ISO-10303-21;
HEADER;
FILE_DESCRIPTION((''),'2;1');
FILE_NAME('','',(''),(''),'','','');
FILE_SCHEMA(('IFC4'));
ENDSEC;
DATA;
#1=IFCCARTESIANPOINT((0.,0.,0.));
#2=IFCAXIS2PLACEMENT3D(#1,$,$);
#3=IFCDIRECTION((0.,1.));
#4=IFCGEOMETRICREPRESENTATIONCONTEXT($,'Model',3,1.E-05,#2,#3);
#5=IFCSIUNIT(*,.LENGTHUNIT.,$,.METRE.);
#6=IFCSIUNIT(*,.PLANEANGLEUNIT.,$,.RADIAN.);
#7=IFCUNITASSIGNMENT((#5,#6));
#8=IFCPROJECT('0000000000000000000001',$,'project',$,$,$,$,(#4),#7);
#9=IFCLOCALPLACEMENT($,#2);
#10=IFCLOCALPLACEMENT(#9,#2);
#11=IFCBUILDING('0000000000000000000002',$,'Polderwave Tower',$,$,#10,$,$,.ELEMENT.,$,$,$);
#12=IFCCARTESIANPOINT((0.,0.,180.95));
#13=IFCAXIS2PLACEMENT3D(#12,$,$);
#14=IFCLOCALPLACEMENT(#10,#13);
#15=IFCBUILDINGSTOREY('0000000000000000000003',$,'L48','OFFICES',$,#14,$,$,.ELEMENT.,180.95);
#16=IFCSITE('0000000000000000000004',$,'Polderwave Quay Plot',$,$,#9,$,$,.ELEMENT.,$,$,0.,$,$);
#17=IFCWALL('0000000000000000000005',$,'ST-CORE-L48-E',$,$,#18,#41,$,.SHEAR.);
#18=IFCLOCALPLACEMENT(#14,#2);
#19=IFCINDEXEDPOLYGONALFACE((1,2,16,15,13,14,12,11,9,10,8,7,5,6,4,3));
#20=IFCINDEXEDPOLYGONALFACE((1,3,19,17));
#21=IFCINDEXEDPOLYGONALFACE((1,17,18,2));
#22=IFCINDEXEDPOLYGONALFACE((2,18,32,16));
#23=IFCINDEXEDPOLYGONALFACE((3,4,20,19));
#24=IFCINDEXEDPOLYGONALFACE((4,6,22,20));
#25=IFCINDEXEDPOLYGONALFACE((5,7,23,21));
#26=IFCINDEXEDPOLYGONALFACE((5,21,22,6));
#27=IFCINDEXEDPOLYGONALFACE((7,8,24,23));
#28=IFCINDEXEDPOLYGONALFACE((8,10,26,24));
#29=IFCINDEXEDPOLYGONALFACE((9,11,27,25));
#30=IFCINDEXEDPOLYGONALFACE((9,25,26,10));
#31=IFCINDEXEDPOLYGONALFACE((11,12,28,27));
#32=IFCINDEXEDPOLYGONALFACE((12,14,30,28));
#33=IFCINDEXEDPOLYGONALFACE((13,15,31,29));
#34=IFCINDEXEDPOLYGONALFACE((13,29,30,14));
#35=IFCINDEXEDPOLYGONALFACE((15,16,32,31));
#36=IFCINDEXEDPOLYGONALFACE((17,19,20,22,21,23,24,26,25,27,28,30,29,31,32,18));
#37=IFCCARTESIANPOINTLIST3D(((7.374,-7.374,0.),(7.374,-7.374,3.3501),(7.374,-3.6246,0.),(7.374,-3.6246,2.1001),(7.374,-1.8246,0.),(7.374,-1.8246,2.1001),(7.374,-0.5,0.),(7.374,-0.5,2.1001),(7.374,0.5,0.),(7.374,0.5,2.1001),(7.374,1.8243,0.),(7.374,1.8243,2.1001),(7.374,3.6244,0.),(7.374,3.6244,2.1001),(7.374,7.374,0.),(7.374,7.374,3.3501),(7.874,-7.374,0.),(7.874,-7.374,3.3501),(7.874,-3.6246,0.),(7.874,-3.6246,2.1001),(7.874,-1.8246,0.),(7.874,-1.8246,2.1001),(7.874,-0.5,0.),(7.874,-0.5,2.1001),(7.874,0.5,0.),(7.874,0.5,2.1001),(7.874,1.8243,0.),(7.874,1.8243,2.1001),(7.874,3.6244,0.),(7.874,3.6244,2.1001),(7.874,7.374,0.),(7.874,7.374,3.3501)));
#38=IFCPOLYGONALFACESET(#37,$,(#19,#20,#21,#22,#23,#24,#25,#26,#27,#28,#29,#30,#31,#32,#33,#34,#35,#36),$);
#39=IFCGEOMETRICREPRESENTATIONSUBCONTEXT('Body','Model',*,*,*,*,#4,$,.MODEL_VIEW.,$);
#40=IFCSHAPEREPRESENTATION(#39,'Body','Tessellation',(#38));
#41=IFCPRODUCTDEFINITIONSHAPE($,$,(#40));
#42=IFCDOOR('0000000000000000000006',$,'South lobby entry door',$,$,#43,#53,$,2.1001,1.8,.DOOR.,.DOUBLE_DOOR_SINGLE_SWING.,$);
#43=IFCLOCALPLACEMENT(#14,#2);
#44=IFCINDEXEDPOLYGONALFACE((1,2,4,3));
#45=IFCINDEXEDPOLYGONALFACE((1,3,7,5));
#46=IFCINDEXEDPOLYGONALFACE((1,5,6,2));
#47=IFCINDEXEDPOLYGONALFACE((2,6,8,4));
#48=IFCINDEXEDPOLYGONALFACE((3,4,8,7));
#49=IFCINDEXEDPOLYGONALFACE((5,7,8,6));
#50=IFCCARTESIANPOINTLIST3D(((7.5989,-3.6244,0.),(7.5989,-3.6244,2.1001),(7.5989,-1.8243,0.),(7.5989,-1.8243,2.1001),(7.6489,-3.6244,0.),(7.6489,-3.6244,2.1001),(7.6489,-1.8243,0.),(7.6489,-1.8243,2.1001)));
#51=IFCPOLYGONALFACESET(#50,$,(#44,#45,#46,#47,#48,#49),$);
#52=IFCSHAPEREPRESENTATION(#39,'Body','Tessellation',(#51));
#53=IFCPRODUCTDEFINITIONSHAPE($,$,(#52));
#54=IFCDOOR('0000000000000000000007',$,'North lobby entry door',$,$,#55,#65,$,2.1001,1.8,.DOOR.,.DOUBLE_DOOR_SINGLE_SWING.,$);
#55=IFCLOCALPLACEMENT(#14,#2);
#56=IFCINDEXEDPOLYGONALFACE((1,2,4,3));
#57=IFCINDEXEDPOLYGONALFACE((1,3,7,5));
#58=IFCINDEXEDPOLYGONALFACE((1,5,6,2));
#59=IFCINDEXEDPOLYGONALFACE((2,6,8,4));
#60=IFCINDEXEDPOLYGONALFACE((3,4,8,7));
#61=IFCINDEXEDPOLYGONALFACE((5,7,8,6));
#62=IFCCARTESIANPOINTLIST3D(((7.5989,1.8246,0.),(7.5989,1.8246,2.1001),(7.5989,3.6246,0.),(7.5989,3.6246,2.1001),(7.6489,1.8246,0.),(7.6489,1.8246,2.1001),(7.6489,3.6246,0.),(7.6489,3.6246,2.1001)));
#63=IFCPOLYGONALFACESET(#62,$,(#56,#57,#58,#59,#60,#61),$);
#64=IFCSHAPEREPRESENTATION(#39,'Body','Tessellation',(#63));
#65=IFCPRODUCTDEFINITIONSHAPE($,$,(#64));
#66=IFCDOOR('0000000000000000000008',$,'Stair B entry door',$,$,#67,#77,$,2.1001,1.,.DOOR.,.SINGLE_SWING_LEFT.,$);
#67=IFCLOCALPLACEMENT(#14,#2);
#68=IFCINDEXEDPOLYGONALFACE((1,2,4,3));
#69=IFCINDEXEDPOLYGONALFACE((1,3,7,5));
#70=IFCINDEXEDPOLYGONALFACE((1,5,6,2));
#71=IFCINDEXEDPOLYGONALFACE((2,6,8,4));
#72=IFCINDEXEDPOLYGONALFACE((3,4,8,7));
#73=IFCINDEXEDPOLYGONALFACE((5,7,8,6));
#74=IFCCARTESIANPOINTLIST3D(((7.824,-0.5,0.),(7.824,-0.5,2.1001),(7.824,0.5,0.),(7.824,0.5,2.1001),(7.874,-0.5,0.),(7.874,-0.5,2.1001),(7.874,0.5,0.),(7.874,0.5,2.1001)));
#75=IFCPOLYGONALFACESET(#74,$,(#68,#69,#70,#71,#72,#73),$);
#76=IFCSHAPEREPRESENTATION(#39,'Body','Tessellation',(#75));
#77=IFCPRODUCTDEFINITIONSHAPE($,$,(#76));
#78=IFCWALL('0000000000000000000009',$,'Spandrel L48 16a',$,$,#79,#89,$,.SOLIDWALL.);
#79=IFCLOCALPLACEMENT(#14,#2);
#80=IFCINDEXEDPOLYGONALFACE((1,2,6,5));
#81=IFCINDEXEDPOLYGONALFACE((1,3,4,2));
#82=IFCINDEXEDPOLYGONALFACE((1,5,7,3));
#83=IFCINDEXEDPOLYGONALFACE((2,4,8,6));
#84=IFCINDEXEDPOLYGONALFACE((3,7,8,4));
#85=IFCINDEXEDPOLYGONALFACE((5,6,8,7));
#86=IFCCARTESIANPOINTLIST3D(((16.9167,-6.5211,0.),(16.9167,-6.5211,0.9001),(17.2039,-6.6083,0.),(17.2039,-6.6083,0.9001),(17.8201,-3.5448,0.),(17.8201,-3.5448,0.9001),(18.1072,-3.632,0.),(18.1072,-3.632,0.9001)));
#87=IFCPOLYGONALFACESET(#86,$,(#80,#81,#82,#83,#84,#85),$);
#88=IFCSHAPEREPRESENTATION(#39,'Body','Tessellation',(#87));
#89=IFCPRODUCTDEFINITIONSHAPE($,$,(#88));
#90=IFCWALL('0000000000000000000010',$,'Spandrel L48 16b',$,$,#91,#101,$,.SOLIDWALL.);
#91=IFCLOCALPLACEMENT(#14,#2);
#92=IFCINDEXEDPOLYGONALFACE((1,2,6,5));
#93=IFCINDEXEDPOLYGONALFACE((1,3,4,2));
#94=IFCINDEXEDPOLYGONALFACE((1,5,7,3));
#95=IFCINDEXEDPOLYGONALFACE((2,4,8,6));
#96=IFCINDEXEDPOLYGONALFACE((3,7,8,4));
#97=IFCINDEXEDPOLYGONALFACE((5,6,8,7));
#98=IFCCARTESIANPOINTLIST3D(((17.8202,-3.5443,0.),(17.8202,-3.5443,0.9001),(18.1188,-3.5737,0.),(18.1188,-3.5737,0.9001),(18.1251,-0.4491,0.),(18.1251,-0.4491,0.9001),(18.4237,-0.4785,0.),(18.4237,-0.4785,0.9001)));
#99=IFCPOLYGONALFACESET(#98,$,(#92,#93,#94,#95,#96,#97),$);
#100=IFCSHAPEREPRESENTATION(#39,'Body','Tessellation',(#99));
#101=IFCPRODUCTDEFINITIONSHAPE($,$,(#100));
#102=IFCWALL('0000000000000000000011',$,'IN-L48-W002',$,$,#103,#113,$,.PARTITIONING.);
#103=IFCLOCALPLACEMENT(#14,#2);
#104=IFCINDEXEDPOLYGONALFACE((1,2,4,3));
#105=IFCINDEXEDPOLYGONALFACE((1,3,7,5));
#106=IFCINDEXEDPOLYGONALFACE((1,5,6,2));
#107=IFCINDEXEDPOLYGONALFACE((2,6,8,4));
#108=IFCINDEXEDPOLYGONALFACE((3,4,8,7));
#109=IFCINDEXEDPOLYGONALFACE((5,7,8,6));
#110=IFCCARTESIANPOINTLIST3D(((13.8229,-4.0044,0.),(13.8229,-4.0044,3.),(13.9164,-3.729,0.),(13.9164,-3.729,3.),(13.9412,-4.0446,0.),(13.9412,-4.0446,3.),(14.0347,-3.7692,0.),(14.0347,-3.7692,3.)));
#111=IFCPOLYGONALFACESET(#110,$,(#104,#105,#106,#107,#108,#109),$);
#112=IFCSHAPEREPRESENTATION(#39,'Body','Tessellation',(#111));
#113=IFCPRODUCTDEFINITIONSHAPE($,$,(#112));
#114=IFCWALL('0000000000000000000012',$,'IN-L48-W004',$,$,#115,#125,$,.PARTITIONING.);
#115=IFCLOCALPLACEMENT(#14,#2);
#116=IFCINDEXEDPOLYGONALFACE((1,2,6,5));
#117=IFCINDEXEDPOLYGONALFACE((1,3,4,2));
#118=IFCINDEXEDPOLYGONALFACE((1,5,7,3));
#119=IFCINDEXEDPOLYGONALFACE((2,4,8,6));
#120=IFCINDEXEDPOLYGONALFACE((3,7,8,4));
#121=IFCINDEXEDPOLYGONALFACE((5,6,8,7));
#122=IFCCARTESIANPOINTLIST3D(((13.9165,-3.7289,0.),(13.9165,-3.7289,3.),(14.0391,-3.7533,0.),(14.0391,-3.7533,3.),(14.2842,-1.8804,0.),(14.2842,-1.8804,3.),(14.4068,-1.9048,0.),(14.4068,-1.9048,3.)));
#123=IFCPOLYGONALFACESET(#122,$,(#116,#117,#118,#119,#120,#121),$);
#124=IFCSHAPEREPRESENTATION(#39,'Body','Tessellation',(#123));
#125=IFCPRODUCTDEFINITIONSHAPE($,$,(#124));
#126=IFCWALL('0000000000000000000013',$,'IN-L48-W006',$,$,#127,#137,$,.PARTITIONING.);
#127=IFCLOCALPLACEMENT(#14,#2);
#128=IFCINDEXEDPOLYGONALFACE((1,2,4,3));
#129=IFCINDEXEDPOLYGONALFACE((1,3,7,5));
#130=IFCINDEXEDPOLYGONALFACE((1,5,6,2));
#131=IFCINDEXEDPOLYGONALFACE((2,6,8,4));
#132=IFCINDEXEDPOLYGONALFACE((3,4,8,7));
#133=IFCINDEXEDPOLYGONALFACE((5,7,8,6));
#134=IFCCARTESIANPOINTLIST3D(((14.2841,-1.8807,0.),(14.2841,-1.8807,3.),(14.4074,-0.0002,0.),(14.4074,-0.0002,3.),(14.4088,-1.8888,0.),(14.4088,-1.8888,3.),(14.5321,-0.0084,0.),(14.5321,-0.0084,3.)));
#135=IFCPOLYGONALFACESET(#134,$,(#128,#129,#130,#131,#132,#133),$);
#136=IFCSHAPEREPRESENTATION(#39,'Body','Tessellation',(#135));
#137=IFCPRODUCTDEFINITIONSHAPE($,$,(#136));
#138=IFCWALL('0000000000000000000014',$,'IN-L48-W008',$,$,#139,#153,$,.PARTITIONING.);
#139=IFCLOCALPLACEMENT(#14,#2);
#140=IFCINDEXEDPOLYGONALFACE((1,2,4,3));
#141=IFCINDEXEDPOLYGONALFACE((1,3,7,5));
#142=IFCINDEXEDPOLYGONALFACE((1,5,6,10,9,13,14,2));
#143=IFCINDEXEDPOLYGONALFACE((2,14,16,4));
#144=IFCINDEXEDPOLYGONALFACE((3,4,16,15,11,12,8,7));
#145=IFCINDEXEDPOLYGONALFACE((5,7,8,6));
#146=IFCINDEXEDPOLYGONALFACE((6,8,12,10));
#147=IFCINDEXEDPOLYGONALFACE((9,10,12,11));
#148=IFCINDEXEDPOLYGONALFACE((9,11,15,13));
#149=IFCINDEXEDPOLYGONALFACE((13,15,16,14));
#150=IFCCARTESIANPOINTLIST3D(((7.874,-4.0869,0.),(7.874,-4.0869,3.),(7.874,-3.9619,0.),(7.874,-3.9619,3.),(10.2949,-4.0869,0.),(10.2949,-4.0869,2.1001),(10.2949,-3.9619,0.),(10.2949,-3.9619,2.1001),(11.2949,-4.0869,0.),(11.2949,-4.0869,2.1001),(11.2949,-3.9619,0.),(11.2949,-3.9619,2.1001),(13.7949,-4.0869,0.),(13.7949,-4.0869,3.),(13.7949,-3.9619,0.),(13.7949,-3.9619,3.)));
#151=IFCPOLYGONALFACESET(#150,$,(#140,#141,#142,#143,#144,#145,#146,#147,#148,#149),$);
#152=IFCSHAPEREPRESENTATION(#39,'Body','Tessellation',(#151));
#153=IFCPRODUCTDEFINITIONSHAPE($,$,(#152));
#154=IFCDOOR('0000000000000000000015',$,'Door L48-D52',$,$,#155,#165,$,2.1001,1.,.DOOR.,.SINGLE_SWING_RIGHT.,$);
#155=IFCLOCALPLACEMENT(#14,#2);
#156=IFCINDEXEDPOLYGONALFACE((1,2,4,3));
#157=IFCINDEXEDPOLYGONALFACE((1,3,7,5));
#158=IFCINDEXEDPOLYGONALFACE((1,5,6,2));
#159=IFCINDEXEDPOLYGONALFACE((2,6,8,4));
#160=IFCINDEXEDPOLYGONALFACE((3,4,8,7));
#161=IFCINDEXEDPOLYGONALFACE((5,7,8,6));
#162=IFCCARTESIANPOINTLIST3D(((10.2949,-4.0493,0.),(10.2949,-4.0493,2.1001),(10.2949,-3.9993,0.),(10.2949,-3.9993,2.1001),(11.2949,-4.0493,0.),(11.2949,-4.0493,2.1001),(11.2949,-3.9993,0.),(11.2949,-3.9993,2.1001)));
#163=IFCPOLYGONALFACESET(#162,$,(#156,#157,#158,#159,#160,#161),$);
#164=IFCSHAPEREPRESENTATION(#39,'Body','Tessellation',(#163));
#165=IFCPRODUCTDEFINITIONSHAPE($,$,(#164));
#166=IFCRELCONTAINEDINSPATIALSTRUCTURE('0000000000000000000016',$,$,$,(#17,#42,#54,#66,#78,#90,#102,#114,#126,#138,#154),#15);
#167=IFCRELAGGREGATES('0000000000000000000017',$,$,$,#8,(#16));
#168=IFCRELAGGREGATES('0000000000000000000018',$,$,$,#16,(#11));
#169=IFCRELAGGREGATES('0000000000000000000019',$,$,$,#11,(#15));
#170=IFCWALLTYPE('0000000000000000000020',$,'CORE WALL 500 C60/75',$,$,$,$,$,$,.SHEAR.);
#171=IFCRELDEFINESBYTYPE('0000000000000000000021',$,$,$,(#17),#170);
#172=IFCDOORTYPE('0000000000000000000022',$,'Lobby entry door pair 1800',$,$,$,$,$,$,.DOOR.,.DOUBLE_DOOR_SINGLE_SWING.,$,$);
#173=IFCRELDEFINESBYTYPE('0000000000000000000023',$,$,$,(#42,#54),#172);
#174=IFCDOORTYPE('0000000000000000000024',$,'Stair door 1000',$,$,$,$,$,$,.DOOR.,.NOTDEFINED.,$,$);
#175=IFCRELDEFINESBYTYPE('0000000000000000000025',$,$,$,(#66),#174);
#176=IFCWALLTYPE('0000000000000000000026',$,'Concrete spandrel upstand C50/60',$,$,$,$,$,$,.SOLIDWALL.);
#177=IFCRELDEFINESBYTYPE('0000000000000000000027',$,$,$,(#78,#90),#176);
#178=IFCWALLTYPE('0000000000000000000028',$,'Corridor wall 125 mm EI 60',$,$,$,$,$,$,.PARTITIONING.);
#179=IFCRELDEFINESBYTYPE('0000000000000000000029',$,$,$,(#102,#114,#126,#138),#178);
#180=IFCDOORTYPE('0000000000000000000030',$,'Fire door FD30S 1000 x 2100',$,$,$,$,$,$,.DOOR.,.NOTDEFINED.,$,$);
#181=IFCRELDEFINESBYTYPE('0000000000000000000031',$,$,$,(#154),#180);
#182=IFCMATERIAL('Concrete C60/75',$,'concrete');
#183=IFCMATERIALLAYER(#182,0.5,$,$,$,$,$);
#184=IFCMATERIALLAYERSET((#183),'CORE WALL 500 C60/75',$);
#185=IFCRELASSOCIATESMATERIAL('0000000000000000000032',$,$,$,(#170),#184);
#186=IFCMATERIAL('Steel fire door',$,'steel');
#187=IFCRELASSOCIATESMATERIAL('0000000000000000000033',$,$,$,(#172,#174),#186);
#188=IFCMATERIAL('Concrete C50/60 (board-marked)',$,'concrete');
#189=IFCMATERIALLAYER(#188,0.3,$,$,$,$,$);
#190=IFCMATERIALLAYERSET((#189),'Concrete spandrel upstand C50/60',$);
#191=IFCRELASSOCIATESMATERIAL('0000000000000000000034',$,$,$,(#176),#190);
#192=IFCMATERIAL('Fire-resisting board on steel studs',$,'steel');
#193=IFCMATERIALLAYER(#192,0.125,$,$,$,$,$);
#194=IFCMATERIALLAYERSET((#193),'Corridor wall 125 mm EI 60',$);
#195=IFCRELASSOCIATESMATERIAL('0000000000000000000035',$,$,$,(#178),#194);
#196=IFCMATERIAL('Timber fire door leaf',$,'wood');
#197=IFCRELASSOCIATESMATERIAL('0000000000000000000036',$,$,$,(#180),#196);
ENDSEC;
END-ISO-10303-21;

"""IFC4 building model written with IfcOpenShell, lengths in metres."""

from ifc_helpers import new_model, si_unit, direction, frame, frame_2d, origin, place, context, subcontext, project, spatial, rectangle, extrude, material, layer, layer_set, type_object, element, fill, save


model = new_model("IFC4")

# Units and contexts
model_context = context("Model", 3, precision=1e-05, world=origin(), true_north=direction((0.0, 1.0)))
body_context = subcontext(model_context, "Body", "Model", "MODEL_VIEW")
ifc_project = project(units=[si_unit("LENGTHUNIT", "METRE"), si_unit("PLANEANGLEUNIT", "RADIAN")], contexts=[model_context])

# Site, building, storey
site_placement = place(None, origin())
site = spatial("IfcSite", under=ifc_project, at=site_placement, Name="Polderwave Quay Plot", CompositionType="ELEMENT", RefElevation=0.0)
building_placement = place(site_placement, origin())
building = spatial("IfcBuilding", under=site, at=building_placement, Name="Polderwave Tower", CompositionType="ELEMENT")
storey_placement = place(building_placement, frame((0.0, 0.0, 180.95)))
storey = spatial("IfcBuildingStorey", under=building, at=storey_placement, Name="L48", Description="OFFICES", CompositionType="ELEMENT", Elevation=180.95)

# Shared definitions
ifc_material_1 = material(Name="Concrete C60/75", Category="concrete")

# Wall, openings, doors
ifc_layer_1 = layer(ifc_material_1, 0.5)
ifc_layer_set_1 = layer_set([ifc_layer_1], Name="CORE WALL 500 C60/75")
wall_type_1 = type_object("IfcWallType", Name="CORE WALL 500 C60/75", PredefinedType="SHEAR", material=ifc_layer_set_1)
wall_1_placement = place(storey_placement, frame((7.624, -7.374, 0.0), z_axis=(0.0, 0.0, 1.0), x_axis=(0.0, 1.0, 0.0)))
wall_1 = element("IfcWall", 1, at=wall_1_placement, inside=storey, type_object=wall_type_1, Name="ST-CORE-L48-E", PredefinedType="SHEAR", context=body_context, shape_type="SweptSolid", body=[
    extrude(rectangle(XDim=14.748, YDim=0.5, at=frame_2d((7.374, 0.0))), origin(), (0.0, 0.0, 1.0), 3.3501),
])
opening_1_placement = place(wall_1_placement, frame((6.874, 0.0, 0.0)))
opening_1 = element("IfcOpeningElement", 2, at=opening_1_placement, cuts=wall_1, PredefinedType="OPENING", context=body_context, shape_type="SweptSolid", body=[
    extrude(rectangle(XDim=1.0, YDim=2.1001, at=frame_2d((0.5, 1.05))), frame((0.0, 0.26, 0.0), z_axis=(0.0, -1.0, 0.0), x_axis=(1.0, 0.0, 0.0)), (0.0, 0.0, 1.0), 0.52),
])
opening_2_placement = place(wall_1_placement, frame((3.7495, 0.0, 0.0)))
opening_2 = element("IfcOpeningElement", 3, at=opening_2_placement, cuts=wall_1, PredefinedType="OPENING", context=body_context, shape_type="SweptSolid", body=[
    extrude(rectangle(XDim=1.8, YDim=2.1001, at=frame_2d((0.8999, 1.05))), frame((0.0, 0.26, 0.0), z_axis=(0.0, -1.0, 0.0), x_axis=(1.0, 0.0, 0.0)), (0.0, 0.0, 1.0), 0.52),
])
opening_3_placement = place(wall_1_placement, frame((9.1985, 0.0, 0.0)))
opening_3 = element("IfcOpeningElement", 4, at=opening_3_placement, cuts=wall_1, PredefinedType="OPENING", context=body_context, shape_type="SweptSolid", body=[
    extrude(rectangle(XDim=1.8, YDim=2.1001, at=frame_2d((0.8999, 1.05))), frame((0.0, 0.26, 0.0), z_axis=(0.0, -1.0, 0.0), x_axis=(1.0, 0.0, 0.0)), (0.0, 0.0, 1.0), 0.52),
])
ifc_material_2 = material(Name="Steel fire door", Category="steel")
door_type_1 = type_object("IfcDoorType", Name="Lobby entry door pair 1800", OperationType="DOUBLE_DOOR_SINGLE_SWING", PredefinedType="DOOR", material=ifc_material_2)
door_1_placement = place(opening_2_placement, frame((1.8, 0.0, 0.0), z_axis=(0.0, 0.0, 1.0), x_axis=(-1.0, 0.0, 0.0)))
door_1 = element("IfcDoor", 5, at=door_1_placement, inside=storey, type_object=door_type_1, Name="South lobby entry door", OperationType="DOUBLE_DOOR_SINGLE_SWING", OverallHeight=2.1001, OverallWidth=1.8, PredefinedType="DOOR", context=body_context, shape_type="SweptSolid", body=[
    extrude(rectangle(XDim=1.8, YDim=2.1001, at=frame_2d((0.8999, 1.05))), frame((0.0, 0.0249, 0.0), z_axis=(0.0, -1.0, 0.0), x_axis=(1.0, 0.0, 0.0)), (0.0, 0.0, 1.0), 0.05),
])
fill(opening_2, door_1)
door_2_placement = place(opening_3_placement, frame((1.8, 0.0, 0.0), z_axis=(0.0, 0.0, 1.0), x_axis=(-1.0, 0.0, 0.0)))
door_2 = element("IfcDoor", 6, at=door_2_placement, inside=storey, type_object=door_type_1, Name="North lobby entry door", OperationType="DOUBLE_DOOR_SINGLE_SWING", OverallHeight=2.1001, OverallWidth=1.8, PredefinedType="DOOR", context=body_context, shape_type="SweptSolid", body=[
    extrude(rectangle(XDim=1.8, YDim=2.1001, at=frame_2d((0.8999, 1.05))), frame((0.0, 0.0249, 0.0), z_axis=(0.0, -1.0, 0.0), x_axis=(1.0, 0.0, 0.0)), (0.0, 0.0, 1.0), 0.05),
])
fill(opening_3, door_2)
door_type_2 = type_object("IfcDoorType", Name="Stair door 1000", OperationType="NOTDEFINED", PredefinedType="DOOR", material=ifc_material_2)
door_3_placement = place(opening_1_placement, frame((1.0, 0.0, 0.0), z_axis=(0.0, 0.0, 1.0), x_axis=(-1.0, 0.0, 0.0)))
door_3 = element("IfcDoor", 7, at=door_3_placement, inside=storey, type_object=door_type_2, Name="Stair B entry door", OperationType="SINGLE_SWING_LEFT", OverallHeight=2.1001, OverallWidth=1.0, PredefinedType="DOOR", context=body_context, shape_type="SweptSolid", body=[
    extrude(rectangle(XDim=1.0, YDim=2.1001, at=frame_2d((0.5, 1.05))), frame((0.0, 0.25, 0.0), z_axis=(0.0, -1.0, 0.0), x_axis=(1.0, 0.0, 0.0)), (0.0, 0.0, 1.0), 0.05),
])
fill(opening_1, door_3)

# Walls
ifc_material_3 = material(Name="Concrete C50/60 (board-marked)", Category="concrete")
ifc_layer_2 = layer(ifc_material_3, 0.3)
ifc_layer_set_2 = layer_set([ifc_layer_2], Name="Concrete spandrel upstand C50/60")
wall_type_2 = type_object("IfcWallType", Name="Concrete spandrel upstand C50/60", PredefinedType="SOLIDWALL", material=ifc_layer_set_2)
wall_2_placement = place(storey_placement, frame((17.0603, -6.5647, 0.0), z_axis=(0.0, 0.0, 1.0), x_axis=(0.290421, 0.956899, 0.0)))
element("IfcWall", 8, at=wall_2_placement, inside=storey, type_object=wall_type_2, Name="Spandrel L48 16a", PredefinedType="SOLIDWALL", context=body_context, shape_type="SweptSolid", body=[
    extrude(rectangle(XDim=3.1104, YDim=0.3, at=frame_2d((1.5552, 0.0))), origin(), (0.0, 0.0, 1.0), 0.9001),
])
wall_3_placement = place(storey_placement, frame((17.9695, -3.5591, 0.0), z_axis=(0.0, 0.0, 1.0), x_axis=(0.098042, 0.995182, 0.0)))
element("IfcWall", 9, at=wall_3_placement, inside=storey, type_object=wall_type_2, Name="Spandrel L48 16b", PredefinedType="SOLIDWALL", context=body_context, shape_type="SweptSolid", body=[
    extrude(rectangle(XDim=3.1101, YDim=0.3, at=frame_2d((1.5552, 0.0))), origin(), (0.0, 0.0, 1.0), 0.9001),
])
ifc_material_4 = material(Name="Fire-resisting board on steel studs", Category="steel")
ifc_layer_3 = layer(ifc_material_4, 0.125)
ifc_layer_set_3 = layer_set([ifc_layer_3], Name="Corridor wall 125 mm EI 60")
wall_type_3 = type_object("IfcWallType", Name="Corridor wall 125 mm EI 60", PredefinedType="PARTITIONING", material=ifc_layer_set_3)
wall_4_placement = place(storey_placement, frame((13.9756, -3.749, 0.0), z_axis=(0.0, 0.0, 1.0), x_axis=(-0.321511, -0.946906, 0.0)))
element("IfcWall", 10, at=wall_4_placement, inside=storey, type_object=wall_type_3, Name="IN-L48-W002", PredefinedType="PARTITIONING", context=body_context, shape_type="SweptSolid", body=[
    extrude(rectangle(XDim=0.2908, YDim=0.125, at=frame_2d((0.1455, 0.0))), origin(), (0.0, 0.0, 1.0), 3.0),
])
wall_5_placement = place(storey_placement, frame((14.3455, -1.8926, 0.0), z_axis=(0.0, 0.0, 1.0), x_axis=(-0.19507, -0.980789, 0.0)))
element("IfcWall", 11, at=wall_5_placement, inside=storey, type_object=wall_type_3, Name="IN-L48-W004", PredefinedType="PARTITIONING", context=body_context, shape_type="SweptSolid", body=[
    extrude(rectangle(XDim=1.8848, YDim=0.125, at=frame_2d((0.9424, 0.0))), origin(), (0.0, 0.0, 1.0), 3.0),
])
wall_6_placement = place(storey_placement, frame((14.4697, -0.0042, 0.0), z_axis=(0.0, 0.0, 1.0), x_axis=(-0.065427, -0.997857, 0.0)))
element("IfcWall", 12, at=wall_6_placement, inside=storey, type_object=wall_type_3, Name="IN-L48-W006", PredefinedType="PARTITIONING", context=body_context, shape_type="SweptSolid", body=[
    extrude(rectangle(XDim=1.8845, YDim=0.125, at=frame_2d((0.9424, 0.0))), origin(), (0.0, 0.0, 1.0), 3.0),
])

# Wall, opening, door
wall_7_placement = place(storey_placement, frame((13.7949, -4.0244, 0.0), z_axis=(0.0, 0.0, 1.0), x_axis=(-1.0, 0.0, 0.0)))
wall_7 = element("IfcWall", 13, at=wall_7_placement, inside=storey, type_object=wall_type_3, Name="IN-L48-W008", PredefinedType="PARTITIONING", context=body_context, shape_type="SweptSolid", body=[
    extrude(rectangle(XDim=5.9209, YDim=0.125, at=frame_2d((2.9604, 0.0))), origin(), (0.0, 0.0, 1.0), 3.0),
])
opening_4_placement = place(wall_7_placement, frame((2.5, 0.0, 0.0)))
opening_4 = element("IfcOpeningElement", 14, at=opening_4_placement, cuts=wall_7, PredefinedType="OPENING", context=body_context, shape_type="SweptSolid", body=[
    extrude(rectangle(XDim=1.0, YDim=2.1001, at=frame_2d((0.5, 1.05))), frame((0.0, 0.0725, 0.0), z_axis=(0.0, -1.0, 0.0), x_axis=(1.0, 0.0, 0.0)), (0.0, 0.0, 1.0), 0.145),
])
ifc_material_5 = material(Name="Timber fire door leaf", Category="wood")
door_type_3 = type_object("IfcDoorType", Name="Fire door FD30S 1000 x 2100", OperationType="NOTDEFINED", PredefinedType="DOOR", material=ifc_material_5)
door_4_placement = place(opening_4_placement, origin())
door_4 = element("IfcDoor", 15, at=door_4_placement, inside=storey, type_object=door_type_3, Name="Door L48-D52", OperationType="SINGLE_SWING_RIGHT", OverallHeight=2.1001, OverallWidth=1.0, PredefinedType="DOOR", context=body_context, shape_type="SweptSolid", body=[
    extrude(rectangle(XDim=1.0, YDim=2.1001, at=frame_2d((0.5, 1.05))), frame((0.0, 0.0249, 0.0), z_axis=(0.0, -1.0, 0.0), x_axis=(1.0, 0.0, 0.0)), (0.0, 0.0, 1.0), 0.05),
])
fill(opening_4, door_4)

save(model, "model.ifc")
